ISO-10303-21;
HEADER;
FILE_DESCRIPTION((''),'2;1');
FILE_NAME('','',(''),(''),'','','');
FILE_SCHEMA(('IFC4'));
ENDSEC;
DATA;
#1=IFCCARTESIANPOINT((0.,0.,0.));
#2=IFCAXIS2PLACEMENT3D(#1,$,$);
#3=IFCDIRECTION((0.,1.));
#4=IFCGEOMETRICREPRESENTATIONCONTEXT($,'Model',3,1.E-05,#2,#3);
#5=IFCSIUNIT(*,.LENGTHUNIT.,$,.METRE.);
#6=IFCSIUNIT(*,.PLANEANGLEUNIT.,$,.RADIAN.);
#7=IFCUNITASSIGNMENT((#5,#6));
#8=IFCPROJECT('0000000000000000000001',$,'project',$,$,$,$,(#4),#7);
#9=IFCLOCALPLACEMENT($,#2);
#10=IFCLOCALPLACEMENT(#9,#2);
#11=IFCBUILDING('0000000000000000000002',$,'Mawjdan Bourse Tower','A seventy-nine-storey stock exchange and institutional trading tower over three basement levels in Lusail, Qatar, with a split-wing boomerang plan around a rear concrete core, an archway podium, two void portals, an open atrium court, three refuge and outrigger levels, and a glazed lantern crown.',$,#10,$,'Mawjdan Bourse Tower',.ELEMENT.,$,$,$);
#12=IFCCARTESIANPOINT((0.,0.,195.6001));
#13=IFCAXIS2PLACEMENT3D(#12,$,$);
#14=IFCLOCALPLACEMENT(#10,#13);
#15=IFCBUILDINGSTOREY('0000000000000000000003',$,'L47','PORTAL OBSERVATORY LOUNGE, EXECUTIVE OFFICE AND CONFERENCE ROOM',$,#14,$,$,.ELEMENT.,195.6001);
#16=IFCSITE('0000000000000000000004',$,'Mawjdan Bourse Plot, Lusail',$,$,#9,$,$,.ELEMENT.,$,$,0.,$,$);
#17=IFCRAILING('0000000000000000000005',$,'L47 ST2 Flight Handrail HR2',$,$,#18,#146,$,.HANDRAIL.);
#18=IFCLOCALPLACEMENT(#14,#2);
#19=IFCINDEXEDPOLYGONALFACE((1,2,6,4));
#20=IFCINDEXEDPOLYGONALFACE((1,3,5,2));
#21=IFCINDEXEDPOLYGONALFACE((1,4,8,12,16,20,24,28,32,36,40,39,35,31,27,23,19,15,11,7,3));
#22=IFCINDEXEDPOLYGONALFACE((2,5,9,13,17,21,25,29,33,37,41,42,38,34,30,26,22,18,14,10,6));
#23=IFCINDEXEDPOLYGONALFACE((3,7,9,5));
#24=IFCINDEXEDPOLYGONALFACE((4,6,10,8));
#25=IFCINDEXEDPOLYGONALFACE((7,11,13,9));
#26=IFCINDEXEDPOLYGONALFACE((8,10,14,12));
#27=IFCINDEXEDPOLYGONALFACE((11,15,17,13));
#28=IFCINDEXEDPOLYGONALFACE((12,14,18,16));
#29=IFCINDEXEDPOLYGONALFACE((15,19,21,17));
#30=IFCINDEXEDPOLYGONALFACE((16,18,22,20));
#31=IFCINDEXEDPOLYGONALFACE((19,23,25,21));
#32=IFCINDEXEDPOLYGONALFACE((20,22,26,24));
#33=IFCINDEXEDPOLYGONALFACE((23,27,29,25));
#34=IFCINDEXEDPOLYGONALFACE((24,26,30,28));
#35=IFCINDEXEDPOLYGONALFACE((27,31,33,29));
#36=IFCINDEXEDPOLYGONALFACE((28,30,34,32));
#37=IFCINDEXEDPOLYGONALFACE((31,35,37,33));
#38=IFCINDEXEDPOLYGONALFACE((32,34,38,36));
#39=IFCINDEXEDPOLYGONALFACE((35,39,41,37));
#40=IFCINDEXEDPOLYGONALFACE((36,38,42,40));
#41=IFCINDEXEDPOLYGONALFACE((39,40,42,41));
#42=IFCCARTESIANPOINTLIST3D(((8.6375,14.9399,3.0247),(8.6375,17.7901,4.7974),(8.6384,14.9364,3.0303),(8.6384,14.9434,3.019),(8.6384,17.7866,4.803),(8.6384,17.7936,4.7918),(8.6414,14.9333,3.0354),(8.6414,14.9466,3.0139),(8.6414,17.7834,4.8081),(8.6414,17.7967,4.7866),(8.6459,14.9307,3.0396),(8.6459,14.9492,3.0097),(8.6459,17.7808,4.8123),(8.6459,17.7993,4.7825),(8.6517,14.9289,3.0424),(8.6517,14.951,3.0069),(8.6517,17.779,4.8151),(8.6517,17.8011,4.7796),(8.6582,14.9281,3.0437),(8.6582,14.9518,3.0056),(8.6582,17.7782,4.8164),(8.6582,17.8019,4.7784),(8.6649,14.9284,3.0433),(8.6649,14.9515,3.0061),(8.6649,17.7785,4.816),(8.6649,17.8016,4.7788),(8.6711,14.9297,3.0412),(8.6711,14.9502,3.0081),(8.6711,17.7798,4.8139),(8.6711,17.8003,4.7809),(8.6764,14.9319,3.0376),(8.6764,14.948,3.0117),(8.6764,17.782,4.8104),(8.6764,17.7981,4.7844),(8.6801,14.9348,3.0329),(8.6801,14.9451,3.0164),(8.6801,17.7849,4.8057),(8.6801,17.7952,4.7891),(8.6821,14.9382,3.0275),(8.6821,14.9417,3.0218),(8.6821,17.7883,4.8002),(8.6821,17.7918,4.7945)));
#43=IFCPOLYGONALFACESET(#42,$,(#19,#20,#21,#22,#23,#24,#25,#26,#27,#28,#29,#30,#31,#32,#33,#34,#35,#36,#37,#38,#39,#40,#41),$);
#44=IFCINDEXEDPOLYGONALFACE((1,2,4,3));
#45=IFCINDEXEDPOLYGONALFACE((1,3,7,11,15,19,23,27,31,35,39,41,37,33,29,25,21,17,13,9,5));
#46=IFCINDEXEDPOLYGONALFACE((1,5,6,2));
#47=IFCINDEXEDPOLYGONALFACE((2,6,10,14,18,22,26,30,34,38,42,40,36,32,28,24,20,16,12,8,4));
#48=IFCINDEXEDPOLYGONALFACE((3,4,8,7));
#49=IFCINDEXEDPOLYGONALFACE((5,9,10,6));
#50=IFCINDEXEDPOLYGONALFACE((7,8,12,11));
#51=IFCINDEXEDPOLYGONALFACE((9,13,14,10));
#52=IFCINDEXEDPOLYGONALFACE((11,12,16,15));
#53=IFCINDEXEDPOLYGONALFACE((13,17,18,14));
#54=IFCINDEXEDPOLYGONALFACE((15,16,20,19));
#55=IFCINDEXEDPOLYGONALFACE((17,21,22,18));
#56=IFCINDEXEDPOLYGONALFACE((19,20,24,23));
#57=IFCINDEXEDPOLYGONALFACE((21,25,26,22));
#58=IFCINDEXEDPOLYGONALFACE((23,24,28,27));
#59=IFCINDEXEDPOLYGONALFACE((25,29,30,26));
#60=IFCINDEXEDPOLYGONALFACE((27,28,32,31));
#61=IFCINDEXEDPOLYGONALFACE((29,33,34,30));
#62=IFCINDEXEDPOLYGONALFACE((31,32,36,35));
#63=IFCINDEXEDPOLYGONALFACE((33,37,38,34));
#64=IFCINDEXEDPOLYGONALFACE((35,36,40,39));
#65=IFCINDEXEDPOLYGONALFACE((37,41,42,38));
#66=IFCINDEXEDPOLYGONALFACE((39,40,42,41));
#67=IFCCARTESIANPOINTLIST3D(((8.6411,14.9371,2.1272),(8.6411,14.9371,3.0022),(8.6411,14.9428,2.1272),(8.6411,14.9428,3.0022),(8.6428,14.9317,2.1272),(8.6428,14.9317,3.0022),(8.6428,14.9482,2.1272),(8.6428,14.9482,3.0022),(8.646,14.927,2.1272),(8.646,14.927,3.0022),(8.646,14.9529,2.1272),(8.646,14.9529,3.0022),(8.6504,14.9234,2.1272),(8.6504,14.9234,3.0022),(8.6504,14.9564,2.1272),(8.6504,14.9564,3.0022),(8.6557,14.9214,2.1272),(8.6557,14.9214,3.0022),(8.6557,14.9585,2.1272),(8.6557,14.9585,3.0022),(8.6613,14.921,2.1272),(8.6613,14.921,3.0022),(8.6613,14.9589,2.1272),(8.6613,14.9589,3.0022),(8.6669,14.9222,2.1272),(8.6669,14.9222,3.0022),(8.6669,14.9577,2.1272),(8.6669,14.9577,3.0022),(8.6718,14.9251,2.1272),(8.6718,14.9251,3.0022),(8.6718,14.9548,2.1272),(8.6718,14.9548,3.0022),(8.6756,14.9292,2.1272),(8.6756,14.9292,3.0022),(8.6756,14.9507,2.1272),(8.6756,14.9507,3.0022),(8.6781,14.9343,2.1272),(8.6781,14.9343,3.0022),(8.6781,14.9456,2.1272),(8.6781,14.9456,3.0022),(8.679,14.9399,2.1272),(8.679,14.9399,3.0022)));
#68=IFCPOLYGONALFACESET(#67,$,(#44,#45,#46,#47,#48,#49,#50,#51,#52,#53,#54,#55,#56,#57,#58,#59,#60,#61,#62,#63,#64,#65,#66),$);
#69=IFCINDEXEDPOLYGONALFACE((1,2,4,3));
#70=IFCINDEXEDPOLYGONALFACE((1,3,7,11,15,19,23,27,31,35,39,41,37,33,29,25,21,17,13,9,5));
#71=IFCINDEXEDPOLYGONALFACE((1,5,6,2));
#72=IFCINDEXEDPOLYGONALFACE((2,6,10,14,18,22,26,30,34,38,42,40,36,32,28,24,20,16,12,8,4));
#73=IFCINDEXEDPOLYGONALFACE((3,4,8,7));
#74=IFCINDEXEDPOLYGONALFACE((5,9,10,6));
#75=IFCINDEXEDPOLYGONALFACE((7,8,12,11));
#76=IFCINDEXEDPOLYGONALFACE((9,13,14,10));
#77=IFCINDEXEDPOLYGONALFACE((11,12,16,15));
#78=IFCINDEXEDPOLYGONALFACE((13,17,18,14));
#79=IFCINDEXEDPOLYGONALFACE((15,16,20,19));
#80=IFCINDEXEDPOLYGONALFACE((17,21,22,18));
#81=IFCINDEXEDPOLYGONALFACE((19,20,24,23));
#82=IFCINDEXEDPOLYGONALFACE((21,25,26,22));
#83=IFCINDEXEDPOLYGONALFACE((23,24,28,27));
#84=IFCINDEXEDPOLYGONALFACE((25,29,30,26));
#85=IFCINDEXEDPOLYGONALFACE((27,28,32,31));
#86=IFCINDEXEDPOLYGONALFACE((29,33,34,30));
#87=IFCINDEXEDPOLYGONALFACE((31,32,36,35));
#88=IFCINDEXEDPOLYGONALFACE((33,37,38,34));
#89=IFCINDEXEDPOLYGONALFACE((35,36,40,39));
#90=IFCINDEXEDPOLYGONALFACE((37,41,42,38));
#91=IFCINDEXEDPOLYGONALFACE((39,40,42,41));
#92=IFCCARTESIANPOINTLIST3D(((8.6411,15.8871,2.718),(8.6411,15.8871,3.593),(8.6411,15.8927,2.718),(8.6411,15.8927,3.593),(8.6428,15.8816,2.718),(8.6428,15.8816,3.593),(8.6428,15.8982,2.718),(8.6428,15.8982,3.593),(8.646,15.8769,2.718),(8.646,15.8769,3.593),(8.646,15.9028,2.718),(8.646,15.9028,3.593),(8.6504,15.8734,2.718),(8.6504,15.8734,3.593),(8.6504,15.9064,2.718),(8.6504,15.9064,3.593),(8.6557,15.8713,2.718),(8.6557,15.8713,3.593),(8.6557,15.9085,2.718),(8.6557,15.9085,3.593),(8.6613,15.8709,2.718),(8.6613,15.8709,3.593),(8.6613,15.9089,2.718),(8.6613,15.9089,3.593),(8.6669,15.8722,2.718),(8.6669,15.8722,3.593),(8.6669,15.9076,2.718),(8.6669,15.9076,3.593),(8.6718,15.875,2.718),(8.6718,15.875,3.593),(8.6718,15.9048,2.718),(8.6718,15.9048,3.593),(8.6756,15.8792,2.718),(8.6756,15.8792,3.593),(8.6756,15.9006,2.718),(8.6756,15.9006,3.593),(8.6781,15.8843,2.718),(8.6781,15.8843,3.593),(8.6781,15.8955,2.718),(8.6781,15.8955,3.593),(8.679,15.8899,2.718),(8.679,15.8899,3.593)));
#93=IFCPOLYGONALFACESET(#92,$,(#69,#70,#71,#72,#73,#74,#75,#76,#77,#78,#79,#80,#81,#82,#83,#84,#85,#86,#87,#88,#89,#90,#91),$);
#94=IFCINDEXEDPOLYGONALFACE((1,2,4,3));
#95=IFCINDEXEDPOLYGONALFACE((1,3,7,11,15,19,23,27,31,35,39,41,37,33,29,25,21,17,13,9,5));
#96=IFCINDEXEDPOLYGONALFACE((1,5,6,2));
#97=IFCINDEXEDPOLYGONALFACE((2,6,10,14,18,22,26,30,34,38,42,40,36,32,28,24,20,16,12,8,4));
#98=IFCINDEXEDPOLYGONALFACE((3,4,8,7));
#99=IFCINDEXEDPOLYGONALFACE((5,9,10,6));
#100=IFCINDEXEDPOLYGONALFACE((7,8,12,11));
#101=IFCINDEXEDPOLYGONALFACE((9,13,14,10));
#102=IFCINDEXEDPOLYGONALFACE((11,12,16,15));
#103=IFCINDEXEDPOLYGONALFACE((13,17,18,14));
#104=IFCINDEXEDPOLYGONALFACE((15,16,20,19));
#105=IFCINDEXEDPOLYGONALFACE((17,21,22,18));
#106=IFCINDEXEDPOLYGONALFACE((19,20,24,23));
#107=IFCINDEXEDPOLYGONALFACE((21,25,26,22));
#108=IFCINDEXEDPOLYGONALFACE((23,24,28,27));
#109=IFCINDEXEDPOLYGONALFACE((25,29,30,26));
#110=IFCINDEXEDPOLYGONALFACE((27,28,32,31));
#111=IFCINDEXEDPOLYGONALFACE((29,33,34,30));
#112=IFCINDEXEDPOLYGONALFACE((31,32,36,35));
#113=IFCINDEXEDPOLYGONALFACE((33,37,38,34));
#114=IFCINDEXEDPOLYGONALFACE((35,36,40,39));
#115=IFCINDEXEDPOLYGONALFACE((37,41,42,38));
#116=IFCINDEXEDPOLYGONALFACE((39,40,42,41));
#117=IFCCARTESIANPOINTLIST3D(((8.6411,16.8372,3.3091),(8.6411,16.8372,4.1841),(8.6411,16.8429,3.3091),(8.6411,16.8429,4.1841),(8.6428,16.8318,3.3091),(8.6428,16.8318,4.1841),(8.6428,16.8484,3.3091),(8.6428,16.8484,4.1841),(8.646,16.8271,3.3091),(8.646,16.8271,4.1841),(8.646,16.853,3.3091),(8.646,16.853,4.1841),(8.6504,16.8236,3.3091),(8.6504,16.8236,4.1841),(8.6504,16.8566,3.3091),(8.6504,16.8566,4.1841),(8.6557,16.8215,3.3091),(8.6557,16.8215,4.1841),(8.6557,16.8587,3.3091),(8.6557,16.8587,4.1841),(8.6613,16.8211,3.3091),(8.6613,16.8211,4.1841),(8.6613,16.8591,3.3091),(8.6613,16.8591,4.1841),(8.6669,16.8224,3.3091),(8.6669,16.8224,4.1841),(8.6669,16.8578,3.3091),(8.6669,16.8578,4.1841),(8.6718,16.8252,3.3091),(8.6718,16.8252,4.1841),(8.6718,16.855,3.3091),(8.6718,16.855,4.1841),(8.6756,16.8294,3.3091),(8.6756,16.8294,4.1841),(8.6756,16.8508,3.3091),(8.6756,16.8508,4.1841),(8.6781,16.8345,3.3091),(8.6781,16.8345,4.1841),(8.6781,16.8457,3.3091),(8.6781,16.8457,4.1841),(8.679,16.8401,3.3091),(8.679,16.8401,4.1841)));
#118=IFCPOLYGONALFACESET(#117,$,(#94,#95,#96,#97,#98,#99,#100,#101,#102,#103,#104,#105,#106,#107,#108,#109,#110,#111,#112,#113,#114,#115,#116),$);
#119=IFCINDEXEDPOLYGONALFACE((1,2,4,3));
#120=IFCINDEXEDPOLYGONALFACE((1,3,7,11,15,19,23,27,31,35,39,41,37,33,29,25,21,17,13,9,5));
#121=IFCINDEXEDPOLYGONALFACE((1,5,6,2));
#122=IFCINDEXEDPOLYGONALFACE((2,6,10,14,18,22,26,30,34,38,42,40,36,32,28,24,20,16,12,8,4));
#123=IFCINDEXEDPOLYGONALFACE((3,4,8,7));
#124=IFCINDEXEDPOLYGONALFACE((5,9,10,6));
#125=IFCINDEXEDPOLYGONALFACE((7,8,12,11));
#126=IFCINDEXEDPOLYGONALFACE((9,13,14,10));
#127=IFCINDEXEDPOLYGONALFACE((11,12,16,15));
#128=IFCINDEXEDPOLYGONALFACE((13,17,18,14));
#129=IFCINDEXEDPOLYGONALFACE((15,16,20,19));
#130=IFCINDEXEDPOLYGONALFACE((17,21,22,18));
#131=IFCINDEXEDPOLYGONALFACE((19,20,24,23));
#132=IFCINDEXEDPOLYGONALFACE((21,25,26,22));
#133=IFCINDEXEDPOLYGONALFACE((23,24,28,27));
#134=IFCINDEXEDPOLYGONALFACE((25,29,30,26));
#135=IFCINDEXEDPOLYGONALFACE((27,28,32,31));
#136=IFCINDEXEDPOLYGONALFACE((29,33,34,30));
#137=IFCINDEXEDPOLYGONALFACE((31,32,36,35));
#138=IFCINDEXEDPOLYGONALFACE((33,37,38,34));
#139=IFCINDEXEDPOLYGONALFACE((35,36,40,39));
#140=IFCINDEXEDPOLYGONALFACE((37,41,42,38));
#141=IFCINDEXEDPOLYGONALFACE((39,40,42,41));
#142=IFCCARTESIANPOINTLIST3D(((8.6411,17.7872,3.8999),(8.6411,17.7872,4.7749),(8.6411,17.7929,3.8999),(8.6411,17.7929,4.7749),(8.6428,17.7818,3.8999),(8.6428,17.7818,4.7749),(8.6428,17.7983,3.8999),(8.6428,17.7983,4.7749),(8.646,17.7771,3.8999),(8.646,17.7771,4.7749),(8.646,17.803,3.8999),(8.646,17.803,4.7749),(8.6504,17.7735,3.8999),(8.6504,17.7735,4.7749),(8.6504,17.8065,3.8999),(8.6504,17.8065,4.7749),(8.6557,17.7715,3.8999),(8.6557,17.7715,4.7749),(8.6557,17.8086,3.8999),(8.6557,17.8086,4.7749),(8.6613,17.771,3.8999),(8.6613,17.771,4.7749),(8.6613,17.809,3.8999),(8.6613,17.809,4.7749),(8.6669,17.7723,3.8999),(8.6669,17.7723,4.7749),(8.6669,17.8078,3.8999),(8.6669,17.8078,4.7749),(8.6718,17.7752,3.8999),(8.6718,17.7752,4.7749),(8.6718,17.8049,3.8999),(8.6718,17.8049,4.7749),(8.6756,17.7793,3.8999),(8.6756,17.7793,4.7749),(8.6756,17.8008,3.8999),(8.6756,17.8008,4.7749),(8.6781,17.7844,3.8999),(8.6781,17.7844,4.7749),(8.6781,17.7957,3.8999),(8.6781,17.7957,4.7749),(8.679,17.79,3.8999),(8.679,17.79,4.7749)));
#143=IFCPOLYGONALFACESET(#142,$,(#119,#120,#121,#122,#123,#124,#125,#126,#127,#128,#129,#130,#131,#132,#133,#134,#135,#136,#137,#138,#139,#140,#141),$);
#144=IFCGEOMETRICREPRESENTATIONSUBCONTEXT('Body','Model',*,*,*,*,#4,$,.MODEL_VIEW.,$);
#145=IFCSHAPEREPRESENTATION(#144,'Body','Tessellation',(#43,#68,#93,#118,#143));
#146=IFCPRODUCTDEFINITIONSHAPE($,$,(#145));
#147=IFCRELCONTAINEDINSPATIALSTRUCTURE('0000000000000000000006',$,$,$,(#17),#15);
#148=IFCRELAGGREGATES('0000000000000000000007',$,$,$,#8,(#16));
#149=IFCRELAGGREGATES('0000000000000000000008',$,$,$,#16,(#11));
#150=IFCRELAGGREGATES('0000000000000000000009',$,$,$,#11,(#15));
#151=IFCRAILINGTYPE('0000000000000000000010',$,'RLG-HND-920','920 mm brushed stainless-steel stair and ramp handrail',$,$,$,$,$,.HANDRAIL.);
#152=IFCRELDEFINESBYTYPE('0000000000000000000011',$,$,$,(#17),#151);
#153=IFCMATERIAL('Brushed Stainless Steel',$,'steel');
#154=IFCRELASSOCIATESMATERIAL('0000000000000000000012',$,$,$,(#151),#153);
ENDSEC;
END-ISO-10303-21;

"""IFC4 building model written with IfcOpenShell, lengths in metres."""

from ifc_helpers import new_model, si_unit, direction, frame, origin, origin_2d, place, context, subcontext, project, spatial, circle, extrude, material, type_object, element, save


model = new_model("IFC4")

# Units and contexts
model_context = context("Model", 3, precision=1e-05, world=origin(), true_north=direction((0.0, 1.0)))
body_context = subcontext(model_context, "Body", "Model", "MODEL_VIEW")
ifc_project = project(units=[si_unit("LENGTHUNIT", "METRE"), si_unit("PLANEANGLEUNIT", "RADIAN")], contexts=[model_context])

# Site, building, storey
site_placement = place(None, origin())
site = spatial("IfcSite", under=ifc_project, at=site_placement, Name="Mawjdan Bourse Plot, Lusail", CompositionType="ELEMENT", RefElevation=0.0)
building_placement = place(site_placement, origin())
building = spatial("IfcBuilding", under=site, at=building_placement, Name="Mawjdan Bourse Tower", Description="A seventy-nine-storey stock exchange and institutional trading tower over three basement levels in Lusail, Qatar, with a split-wing boomerang plan around a rear concrete core, an archway podium, two void portals, an open atrium court, three refuge and outrigger levels, and a glazed lantern crown.", LongName="Mawjdan Bourse Tower", CompositionType="ELEMENT")
storey_placement = place(building_placement, frame((0.0, 0.0, 195.6001)))
storey = spatial("IfcBuildingStorey", under=building, at=storey_placement, Name="L47", Description="PORTAL OBSERVATORY LOUNGE, EXECUTIVE OFFICE AND CONFERENCE ROOM", CompositionType="ELEMENT", Elevation=195.6001)

# Railing
ifc_material_1 = material(Name="Brushed Stainless Steel", Category="steel")
railing_type_1 = type_object("IfcRailingType", Name="RLG-HND-920", Description="920 mm brushed stainless-steel stair and ramp handrail", PredefinedType="HANDRAIL", material=ifc_material_1)
railing_1_placement = place(storey_placement, frame((8.6599, 14.9399, 2.1272)))
element("IfcRailing", 1, at=railing_1_placement, inside=storey, type_object=railing_type_1, Name="L47 ST2 Flight Handrail HR2", PredefinedType="HANDRAIL", context=body_context, shape_type="SweptSolid", body=[
    extrude(circle(Radius=0.0225, at=origin_2d()), frame((0.0, 0.0, 0.8975), z_axis=(0.0, 0.849149, 0.528154), x_axis=(-1.0, 0.0, 0.0)), (0.0, 0.0, 1.0), 3.3564),
    extrude(circle(Radius=0.019, at=origin_2d()), origin(), (0.0, 0.0, 1.0), 0.875),
    extrude(circle(Radius=0.019, at=origin_2d()), frame((0.0, 0.95, 0.5908)), (0.0, 0.0, 1.0), 0.875),
    extrude(circle(Radius=0.019, at=origin_2d()), frame((0.0, 1.9001, 1.1819)), (0.0, 0.0, 1.0), 0.875),
    extrude(circle(Radius=0.019, at=origin_2d()), frame((0.0, 2.8501, 1.7727)), (0.0, 0.0, 1.0), 0.875),
])

save(model, "model.ifc")
